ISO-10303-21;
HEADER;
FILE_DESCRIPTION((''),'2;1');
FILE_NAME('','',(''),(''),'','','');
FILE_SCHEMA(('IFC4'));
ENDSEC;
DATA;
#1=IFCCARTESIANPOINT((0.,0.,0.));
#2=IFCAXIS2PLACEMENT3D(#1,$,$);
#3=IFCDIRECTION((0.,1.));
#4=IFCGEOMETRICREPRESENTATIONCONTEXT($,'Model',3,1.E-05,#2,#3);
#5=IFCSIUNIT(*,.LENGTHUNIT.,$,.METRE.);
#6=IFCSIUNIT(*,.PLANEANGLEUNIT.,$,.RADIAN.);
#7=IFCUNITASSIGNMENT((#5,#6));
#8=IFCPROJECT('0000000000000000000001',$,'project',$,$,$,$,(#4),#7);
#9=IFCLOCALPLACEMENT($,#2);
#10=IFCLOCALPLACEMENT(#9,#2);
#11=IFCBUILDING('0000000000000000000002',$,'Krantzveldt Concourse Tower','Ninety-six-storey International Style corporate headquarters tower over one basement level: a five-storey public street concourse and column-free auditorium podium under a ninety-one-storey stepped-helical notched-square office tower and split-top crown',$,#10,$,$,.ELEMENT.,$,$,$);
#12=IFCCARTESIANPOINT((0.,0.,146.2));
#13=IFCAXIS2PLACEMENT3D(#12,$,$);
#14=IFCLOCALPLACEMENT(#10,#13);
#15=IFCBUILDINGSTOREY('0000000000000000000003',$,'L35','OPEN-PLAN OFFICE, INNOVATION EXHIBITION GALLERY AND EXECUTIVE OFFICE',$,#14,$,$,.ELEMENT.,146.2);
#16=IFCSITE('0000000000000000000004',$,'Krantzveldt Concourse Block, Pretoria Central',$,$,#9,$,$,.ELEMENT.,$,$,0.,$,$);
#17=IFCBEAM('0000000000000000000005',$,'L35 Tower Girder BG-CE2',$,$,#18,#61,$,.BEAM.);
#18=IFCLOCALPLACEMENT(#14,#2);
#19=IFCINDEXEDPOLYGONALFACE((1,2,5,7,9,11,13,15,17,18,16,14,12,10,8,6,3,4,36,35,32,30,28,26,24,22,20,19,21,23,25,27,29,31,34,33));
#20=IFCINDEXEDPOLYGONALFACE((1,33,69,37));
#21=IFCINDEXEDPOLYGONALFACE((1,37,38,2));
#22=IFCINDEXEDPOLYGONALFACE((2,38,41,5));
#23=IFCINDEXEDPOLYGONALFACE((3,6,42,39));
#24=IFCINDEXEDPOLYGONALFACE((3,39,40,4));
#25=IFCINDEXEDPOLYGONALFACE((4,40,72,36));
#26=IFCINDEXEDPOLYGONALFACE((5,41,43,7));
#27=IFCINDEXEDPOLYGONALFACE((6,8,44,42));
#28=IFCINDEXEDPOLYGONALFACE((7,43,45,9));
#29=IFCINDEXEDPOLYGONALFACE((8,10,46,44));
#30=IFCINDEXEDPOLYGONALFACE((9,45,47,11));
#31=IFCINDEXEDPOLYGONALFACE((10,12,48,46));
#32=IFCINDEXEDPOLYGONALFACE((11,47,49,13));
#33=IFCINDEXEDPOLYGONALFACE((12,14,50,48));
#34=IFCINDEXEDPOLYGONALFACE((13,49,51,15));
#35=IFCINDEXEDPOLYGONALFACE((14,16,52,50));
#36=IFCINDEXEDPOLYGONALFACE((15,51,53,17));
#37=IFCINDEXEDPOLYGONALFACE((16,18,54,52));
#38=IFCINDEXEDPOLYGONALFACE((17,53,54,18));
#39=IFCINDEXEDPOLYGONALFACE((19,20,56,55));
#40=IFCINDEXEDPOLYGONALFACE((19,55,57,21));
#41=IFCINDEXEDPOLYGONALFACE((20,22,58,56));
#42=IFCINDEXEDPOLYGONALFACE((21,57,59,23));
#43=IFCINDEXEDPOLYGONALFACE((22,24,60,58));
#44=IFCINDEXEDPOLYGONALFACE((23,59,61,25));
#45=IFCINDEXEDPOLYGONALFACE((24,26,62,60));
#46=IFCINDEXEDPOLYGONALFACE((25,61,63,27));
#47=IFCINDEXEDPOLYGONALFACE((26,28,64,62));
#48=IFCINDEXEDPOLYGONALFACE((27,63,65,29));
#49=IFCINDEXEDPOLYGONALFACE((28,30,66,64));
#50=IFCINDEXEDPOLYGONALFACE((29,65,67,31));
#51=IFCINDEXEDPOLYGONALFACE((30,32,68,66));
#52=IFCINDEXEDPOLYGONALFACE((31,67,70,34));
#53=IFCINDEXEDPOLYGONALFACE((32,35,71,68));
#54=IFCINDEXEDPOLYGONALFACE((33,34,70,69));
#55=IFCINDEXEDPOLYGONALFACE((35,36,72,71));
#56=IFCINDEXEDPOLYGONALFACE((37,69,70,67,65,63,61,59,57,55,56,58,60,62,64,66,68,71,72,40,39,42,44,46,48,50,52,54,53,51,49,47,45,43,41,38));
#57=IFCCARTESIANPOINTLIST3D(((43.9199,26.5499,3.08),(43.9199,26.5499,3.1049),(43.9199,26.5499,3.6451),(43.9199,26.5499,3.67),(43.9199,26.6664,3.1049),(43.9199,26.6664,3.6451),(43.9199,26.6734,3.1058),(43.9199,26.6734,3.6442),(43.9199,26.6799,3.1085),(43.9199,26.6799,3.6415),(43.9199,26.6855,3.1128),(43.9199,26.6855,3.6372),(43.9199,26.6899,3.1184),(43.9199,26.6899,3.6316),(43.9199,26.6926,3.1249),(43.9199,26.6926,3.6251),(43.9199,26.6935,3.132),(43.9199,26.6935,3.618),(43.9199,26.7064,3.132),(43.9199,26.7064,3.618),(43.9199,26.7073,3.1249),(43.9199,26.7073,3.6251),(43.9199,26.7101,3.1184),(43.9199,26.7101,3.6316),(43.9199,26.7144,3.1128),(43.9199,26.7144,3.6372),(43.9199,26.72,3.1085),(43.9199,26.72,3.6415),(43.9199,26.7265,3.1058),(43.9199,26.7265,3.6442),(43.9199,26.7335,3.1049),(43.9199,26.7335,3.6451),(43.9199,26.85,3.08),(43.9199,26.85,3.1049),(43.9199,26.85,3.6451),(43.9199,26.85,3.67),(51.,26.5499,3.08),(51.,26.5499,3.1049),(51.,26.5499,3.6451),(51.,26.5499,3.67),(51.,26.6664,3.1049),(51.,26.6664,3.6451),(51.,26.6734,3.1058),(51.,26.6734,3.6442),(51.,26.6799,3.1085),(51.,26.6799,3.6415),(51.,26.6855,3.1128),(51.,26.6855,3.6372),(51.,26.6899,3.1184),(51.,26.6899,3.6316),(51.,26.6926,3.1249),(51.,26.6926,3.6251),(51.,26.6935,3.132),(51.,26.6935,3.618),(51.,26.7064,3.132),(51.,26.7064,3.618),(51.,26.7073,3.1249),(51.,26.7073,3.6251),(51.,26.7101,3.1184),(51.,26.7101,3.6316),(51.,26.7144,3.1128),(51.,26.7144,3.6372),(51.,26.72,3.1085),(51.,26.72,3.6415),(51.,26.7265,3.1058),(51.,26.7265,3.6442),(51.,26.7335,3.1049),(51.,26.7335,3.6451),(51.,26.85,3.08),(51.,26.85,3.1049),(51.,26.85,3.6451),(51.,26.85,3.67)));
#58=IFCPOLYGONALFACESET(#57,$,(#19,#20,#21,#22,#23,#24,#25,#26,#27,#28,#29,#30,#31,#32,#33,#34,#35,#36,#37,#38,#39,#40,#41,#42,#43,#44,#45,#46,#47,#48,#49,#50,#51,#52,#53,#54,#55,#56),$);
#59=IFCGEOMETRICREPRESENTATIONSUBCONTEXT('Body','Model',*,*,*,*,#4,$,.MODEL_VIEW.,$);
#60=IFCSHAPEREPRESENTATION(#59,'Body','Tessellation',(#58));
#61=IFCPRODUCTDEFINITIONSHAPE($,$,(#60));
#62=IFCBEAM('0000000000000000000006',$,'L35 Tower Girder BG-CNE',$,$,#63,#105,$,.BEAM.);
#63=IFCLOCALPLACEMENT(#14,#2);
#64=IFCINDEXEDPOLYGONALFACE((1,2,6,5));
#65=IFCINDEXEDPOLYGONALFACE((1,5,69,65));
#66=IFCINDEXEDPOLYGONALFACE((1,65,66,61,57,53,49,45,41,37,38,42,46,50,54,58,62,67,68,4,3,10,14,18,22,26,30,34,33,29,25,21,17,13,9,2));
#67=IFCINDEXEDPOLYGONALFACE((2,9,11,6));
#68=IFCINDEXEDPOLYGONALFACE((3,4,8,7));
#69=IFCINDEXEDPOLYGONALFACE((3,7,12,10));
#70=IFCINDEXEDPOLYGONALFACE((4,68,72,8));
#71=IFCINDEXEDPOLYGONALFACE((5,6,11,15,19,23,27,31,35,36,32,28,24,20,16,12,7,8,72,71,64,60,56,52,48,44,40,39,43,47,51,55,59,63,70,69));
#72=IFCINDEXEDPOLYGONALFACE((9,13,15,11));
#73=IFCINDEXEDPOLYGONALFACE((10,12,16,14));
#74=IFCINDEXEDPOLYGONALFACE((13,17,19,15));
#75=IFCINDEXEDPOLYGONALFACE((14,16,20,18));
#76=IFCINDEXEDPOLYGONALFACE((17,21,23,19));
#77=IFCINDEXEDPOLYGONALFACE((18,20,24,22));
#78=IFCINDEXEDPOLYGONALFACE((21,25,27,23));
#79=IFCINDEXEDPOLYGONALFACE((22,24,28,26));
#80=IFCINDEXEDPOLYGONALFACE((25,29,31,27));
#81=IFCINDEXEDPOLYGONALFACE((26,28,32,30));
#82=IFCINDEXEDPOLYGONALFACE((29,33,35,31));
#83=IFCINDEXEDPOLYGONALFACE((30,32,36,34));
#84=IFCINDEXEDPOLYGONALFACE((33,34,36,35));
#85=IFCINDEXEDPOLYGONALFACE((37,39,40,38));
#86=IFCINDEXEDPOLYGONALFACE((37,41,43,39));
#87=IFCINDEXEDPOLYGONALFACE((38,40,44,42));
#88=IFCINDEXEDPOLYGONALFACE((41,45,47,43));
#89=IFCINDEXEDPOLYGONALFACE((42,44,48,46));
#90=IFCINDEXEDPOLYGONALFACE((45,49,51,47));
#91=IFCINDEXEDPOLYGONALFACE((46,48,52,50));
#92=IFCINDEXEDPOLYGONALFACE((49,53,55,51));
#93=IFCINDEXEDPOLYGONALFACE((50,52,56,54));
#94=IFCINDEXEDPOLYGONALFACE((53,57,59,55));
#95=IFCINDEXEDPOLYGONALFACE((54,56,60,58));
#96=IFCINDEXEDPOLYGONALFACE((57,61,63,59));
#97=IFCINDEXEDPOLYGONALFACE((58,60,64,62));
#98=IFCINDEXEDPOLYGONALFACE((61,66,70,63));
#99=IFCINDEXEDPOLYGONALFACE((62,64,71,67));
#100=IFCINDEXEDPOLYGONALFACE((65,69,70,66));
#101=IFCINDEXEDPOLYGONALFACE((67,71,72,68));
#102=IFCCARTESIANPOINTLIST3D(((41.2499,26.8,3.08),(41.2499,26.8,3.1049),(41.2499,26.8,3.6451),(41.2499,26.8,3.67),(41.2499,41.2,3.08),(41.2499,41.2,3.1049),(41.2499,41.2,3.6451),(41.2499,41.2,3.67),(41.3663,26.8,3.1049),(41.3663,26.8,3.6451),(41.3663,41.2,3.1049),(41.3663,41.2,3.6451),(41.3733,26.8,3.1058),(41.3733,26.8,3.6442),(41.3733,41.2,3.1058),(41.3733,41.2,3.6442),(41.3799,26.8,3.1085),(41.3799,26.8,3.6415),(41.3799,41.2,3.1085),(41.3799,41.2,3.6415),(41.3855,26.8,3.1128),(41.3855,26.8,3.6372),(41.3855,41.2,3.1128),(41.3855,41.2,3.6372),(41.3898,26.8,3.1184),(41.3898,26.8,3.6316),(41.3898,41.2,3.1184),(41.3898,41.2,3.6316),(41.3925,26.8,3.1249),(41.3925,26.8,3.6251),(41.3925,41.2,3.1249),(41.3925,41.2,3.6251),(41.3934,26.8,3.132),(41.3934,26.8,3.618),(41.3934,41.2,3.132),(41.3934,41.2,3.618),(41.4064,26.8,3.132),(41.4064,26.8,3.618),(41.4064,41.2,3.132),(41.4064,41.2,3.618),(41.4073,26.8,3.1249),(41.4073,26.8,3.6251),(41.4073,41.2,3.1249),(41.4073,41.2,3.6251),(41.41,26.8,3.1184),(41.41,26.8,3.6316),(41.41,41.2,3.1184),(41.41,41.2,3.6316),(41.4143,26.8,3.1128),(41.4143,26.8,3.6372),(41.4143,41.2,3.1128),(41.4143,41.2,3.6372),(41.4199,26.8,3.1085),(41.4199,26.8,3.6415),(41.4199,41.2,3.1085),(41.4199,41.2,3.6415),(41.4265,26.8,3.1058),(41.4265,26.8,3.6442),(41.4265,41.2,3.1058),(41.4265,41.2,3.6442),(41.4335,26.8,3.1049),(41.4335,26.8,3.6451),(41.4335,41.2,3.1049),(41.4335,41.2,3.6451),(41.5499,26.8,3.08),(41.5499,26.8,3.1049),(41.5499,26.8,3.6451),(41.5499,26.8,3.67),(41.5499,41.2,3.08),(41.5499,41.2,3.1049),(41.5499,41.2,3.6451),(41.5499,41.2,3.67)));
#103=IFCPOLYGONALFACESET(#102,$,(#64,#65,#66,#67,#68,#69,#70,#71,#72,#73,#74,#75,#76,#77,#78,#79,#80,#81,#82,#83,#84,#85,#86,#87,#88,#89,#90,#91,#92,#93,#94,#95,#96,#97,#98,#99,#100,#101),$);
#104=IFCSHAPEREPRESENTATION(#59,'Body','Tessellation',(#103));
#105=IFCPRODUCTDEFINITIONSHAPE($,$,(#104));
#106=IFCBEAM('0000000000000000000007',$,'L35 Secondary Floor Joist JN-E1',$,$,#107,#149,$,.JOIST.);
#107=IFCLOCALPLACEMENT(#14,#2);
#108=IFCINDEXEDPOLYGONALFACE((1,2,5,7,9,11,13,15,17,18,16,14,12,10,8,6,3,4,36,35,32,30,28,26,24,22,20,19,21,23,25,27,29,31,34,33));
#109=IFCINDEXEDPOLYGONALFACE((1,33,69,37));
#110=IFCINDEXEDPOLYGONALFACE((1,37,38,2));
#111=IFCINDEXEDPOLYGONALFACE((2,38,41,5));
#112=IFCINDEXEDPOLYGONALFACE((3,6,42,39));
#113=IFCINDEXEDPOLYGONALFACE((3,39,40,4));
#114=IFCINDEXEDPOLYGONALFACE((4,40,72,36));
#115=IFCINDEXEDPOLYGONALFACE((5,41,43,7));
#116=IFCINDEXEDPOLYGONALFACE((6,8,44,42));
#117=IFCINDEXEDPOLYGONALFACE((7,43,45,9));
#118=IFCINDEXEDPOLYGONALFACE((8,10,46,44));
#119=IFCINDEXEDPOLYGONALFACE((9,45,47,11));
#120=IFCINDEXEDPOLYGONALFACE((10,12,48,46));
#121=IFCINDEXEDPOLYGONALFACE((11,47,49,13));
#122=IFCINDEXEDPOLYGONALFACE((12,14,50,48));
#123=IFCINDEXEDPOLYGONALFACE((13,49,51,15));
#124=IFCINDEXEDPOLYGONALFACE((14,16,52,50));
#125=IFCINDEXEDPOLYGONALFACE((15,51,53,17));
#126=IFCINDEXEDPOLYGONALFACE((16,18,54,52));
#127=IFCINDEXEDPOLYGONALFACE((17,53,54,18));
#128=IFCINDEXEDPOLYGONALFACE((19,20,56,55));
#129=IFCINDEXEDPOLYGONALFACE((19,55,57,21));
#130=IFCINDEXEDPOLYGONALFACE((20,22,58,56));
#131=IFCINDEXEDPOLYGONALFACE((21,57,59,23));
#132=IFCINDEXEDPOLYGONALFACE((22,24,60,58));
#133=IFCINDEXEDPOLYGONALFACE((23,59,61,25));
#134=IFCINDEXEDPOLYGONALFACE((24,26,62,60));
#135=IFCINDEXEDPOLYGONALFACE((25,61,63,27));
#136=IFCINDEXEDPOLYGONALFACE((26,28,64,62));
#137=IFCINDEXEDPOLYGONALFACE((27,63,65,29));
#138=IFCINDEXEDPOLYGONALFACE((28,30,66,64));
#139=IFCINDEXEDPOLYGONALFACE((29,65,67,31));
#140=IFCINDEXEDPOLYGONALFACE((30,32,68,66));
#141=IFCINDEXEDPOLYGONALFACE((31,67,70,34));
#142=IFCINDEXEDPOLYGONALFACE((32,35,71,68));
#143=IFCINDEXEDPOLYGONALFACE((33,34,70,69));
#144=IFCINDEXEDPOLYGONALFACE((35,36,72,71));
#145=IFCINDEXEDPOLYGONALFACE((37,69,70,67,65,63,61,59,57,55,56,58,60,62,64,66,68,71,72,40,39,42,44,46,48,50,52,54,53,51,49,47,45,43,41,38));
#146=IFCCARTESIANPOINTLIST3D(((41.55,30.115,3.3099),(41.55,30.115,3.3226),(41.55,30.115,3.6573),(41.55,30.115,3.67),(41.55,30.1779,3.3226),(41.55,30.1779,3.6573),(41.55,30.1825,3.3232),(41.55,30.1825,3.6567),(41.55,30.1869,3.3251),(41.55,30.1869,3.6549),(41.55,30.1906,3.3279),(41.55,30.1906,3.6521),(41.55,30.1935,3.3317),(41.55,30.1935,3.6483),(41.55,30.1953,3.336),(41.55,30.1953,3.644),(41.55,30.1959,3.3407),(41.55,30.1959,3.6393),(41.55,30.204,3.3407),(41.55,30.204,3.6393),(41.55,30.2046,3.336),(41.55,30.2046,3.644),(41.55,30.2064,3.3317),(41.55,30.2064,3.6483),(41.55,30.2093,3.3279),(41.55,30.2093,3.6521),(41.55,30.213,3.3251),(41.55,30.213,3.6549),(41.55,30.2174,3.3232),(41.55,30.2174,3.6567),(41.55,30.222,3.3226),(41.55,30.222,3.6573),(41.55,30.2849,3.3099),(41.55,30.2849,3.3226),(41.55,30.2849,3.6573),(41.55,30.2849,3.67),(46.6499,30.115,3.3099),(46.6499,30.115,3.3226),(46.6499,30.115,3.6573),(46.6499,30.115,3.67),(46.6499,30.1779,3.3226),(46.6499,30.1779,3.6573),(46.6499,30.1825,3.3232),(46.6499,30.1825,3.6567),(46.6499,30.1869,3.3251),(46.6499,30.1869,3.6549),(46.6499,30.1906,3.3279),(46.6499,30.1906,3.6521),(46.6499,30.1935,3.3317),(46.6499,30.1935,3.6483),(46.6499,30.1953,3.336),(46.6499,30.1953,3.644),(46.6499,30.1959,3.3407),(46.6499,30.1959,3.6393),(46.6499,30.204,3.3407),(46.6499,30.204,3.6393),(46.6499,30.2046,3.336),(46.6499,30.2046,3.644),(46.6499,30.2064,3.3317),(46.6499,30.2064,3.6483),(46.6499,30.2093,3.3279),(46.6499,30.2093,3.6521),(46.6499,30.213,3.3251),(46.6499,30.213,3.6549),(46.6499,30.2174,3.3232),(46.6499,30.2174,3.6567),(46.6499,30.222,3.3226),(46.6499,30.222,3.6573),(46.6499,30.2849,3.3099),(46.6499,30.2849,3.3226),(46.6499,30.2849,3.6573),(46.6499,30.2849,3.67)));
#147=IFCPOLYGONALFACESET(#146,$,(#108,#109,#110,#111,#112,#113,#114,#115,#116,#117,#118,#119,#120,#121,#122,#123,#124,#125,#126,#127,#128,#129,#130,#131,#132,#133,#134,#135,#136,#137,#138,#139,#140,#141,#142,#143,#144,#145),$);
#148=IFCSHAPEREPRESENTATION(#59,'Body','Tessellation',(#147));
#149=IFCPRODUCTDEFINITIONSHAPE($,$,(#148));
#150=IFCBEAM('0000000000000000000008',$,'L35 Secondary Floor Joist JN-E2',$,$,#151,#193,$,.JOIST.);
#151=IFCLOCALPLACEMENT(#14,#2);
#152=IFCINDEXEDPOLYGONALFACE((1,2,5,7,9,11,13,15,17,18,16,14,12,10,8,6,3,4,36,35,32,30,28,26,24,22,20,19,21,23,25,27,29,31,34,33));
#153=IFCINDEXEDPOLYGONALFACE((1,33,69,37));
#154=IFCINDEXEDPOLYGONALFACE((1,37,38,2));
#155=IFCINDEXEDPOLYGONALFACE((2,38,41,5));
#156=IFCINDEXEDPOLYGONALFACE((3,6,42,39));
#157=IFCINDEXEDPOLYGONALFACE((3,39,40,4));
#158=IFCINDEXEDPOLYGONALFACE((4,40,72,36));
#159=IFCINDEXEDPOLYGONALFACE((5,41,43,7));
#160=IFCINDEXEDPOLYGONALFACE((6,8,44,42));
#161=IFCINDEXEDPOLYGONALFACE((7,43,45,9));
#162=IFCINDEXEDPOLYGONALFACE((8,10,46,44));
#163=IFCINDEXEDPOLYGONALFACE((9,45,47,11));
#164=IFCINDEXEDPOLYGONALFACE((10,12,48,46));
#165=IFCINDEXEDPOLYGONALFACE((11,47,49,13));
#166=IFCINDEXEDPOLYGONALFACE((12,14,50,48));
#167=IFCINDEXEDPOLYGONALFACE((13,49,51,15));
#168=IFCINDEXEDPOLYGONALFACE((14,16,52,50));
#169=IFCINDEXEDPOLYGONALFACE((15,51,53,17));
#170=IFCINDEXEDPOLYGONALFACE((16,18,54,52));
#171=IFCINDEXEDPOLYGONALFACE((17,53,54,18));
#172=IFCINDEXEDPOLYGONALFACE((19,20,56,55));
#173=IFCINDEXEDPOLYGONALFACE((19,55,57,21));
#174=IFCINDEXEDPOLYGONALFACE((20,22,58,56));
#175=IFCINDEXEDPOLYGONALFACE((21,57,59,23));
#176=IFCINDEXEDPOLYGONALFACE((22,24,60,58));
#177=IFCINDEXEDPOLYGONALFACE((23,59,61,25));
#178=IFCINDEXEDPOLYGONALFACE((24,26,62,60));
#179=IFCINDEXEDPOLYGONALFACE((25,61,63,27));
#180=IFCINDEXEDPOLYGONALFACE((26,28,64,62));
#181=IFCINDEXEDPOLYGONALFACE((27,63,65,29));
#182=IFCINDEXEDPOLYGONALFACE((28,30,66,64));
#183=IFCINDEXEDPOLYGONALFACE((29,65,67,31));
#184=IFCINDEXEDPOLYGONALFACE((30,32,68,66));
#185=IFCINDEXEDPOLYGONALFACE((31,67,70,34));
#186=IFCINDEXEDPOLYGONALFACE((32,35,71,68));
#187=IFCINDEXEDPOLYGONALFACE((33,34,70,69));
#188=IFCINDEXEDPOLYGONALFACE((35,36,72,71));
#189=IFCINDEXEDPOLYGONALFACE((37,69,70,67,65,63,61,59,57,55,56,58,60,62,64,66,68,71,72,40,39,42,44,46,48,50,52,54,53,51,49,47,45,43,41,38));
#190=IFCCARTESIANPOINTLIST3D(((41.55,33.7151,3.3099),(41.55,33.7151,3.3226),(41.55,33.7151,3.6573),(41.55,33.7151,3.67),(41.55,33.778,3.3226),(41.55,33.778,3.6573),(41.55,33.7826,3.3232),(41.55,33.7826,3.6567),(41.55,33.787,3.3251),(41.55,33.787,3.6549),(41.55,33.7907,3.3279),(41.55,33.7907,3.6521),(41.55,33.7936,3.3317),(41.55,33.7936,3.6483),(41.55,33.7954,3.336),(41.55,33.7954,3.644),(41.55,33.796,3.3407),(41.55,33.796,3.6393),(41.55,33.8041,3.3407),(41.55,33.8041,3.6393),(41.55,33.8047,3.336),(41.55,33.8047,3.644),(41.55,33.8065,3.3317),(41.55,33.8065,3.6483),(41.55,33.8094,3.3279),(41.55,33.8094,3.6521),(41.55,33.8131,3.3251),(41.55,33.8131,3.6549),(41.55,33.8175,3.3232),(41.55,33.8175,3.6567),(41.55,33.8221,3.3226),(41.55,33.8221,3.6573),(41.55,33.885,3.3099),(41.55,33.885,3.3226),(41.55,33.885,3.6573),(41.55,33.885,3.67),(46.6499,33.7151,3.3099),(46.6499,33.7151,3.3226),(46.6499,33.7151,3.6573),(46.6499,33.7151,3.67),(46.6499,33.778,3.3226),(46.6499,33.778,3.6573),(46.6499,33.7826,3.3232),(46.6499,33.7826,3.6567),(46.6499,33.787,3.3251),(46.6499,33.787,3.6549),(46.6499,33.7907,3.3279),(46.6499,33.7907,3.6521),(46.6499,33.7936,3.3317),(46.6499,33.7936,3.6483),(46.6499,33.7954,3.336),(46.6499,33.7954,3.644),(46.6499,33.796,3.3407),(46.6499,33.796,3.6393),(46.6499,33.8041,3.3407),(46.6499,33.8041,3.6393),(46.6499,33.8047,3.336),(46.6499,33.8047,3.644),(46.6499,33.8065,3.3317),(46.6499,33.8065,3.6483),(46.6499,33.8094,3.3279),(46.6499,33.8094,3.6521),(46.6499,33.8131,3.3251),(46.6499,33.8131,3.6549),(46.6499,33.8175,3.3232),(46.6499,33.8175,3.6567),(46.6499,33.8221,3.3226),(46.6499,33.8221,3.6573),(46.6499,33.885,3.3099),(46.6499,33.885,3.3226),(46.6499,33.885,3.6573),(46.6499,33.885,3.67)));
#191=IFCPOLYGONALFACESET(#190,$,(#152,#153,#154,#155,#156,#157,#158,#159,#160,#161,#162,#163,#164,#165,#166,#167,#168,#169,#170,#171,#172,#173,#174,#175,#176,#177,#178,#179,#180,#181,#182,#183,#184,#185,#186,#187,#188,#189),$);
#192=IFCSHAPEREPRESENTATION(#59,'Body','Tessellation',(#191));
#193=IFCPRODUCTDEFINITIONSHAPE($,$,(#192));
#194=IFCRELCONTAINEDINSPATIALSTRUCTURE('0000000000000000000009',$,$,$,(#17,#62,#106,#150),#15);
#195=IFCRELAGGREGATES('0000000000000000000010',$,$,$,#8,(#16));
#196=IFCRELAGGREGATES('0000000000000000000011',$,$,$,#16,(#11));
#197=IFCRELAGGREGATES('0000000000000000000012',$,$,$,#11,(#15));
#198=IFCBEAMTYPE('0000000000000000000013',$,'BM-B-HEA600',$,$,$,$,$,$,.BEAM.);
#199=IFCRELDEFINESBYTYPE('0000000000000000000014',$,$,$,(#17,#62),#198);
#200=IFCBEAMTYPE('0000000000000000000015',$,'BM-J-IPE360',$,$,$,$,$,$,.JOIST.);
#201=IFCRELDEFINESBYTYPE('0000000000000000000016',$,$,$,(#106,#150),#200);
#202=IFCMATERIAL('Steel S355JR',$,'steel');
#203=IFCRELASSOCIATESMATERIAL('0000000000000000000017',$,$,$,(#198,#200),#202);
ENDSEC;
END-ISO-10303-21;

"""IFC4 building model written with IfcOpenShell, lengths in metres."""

from ifc_helpers import new_model, si_unit, direction, frame, origin, origin_2d, place, context, subcontext, project, spatial, i_section, extrude, source, transform, mapped, material, material_profile, profile_set, type_object, type_shapes, element, save


model = new_model("IFC4")

# Units and contexts
model_context = context("Model", 3, precision=1e-05, world=origin(), true_north=direction((0.0, 1.0)))
body_context = subcontext(model_context, "Body", "Model", "MODEL_VIEW")
ifc_project = project(units=[si_unit("LENGTHUNIT", "METRE"), si_unit("PLANEANGLEUNIT", "RADIAN")], contexts=[model_context])

# Site, building, storey
site_placement = place(None, origin())
site = spatial("IfcSite", under=ifc_project, at=site_placement, Name="Krantzveldt Concourse Block, Pretoria Central", CompositionType="ELEMENT", RefElevation=0.0)
building_placement = place(site_placement, origin())
building = spatial("IfcBuilding", under=site, at=building_placement, Name="Krantzveldt Concourse Tower", Description="Ninety-six-storey International Style corporate headquarters tower over one basement level: a five-storey public street concourse and column-free auditorium podium under a ninety-one-storey stepped-helical notched-square office tower and split-top crown", CompositionType="ELEMENT")
storey_placement = place(building_placement, frame((0.0, 0.0, 146.2)))
storey = spatial("IfcBuildingStorey", under=building, at=storey_placement, Name="L35", Description="OPEN-PLAN OFFICE, INNOVATION EXHIBITION GALLERY AND EXECUTIVE OFFICE", CompositionType="ELEMENT", Elevation=146.2)

# Beams
ifc_material_1 = material(Name="Steel S355JR", Category="steel")
ifc_material_profile_1 = material_profile(ifc_material_1, i_section(OverallWidth=0.3, OverallDepth=0.5901, WebThickness=0.0129, FlangeThickness=0.0249, FilletRadius=0.0271, at=origin_2d()), Name="Steel S355JR", Category="steel")
ifc_profile_set_1 = profile_set([ifc_material_profile_1], Name="Steel S355JR - HEA 600")
beam_type_1 = type_object("IfcBeamType", Name="BM-B-HEA600", PredefinedType="BEAM", material=ifc_profile_set_1)
shared_shape_1 = source(origin(), body_context, "Body", "SweptSolid", [
    extrude(i_section(OverallWidth=0.3, OverallDepth=0.5901, WebThickness=0.0129, FlangeThickness=0.0249, FilletRadius=0.0271, at=origin_2d()), origin(), (0.0, 0.0, 1.0), 7.0801),
])
beam_1_placement = place(storey_placement, frame((43.9199, 26.7, 3.375), z_axis=(1.0, 0.0, 0.0), x_axis=(0.0, 1.0, 0.0)))
element("IfcBeam", 1, at=beam_1_placement, inside=storey, type_object=beam_type_1, Name="L35 Tower Girder BG-CE2", PredefinedType="BEAM", context=body_context, shape_type="MappedRepresentation", body=[
    mapped(shared_shape_1, transform((0.0, 0.0, 0.0), x_axis=(1.0, 0.0, 0.0), y_axis=(0.0, 1.0, 0.0), z_axis=(0.0, 0.0, 1.0), scale=1.0)),
])
shared_shape_2 = source(origin(), body_context, "Body", "SweptSolid", [
    extrude(i_section(OverallWidth=0.3, OverallDepth=0.5901, WebThickness=0.0129, FlangeThickness=0.0249, FilletRadius=0.0271, at=origin_2d()), origin(), (0.0, 0.0, 1.0), 14.3999),
])
type_shapes(beam_type_1, [shared_shape_1, shared_shape_2])
beam_2_placement = place(storey_placement, frame((41.3999, 26.8, 3.375), z_axis=(0.0, 1.0, 0.0), x_axis=(-1.0, 0.0, 0.0)))
element("IfcBeam", 2, at=beam_2_placement, inside=storey, type_object=beam_type_1, Name="L35 Tower Girder BG-CNE", PredefinedType="BEAM", context=body_context, shape_type="MappedRepresentation", body=[
    mapped(shared_shape_2, transform((0.0, 0.0, 0.0), x_axis=(1.0, 0.0, 0.0), y_axis=(0.0, 1.0, 0.0), z_axis=(0.0, 0.0, 1.0), scale=1.0)),
])
ifc_material_profile_2 = material_profile(ifc_material_1, i_section(OverallWidth=0.1699, OverallDepth=0.3601, WebThickness=0.0081, FlangeThickness=0.0127, FilletRadius=0.0181, at=origin_2d()), Name="Steel S355JR", Category="steel")
ifc_profile_set_2 = profile_set([ifc_material_profile_2], Name="Steel S355JR - IPE 360")
beam_type_2 = type_object("IfcBeamType", Name="BM-J-IPE360", PredefinedType="JOIST", material=ifc_profile_set_2)
shared_shape_3 = source(origin(), body_context, "Body", "SweptSolid", [
    extrude(i_section(OverallWidth=0.1699, OverallDepth=0.3601, WebThickness=0.0081, FlangeThickness=0.0127, FilletRadius=0.0181, at=origin_2d()), origin(), (0.0, 0.0, 1.0), 5.0999),
])
type_shapes(beam_type_2, [shared_shape_3])
for number, where, z_axis, x_axis, name in (
    (3, (41.55, 30.2, 3.49), (1.0, 0.0, 0.0), (0.0, 1.0, 0.0), "L35 Secondary Floor Joist JN-E1"),
    (4, (41.55, 33.8, 3.49), (1.0, 0.0, 0.0), (0.0, 1.0, 0.0), "L35 Secondary Floor Joist JN-E2"),
):
    element("IfcBeam", number, at=place(storey_placement, frame(where, z_axis=z_axis, x_axis=x_axis)), inside=storey, type_object=beam_type_2, Name=name, PredefinedType="JOIST", context=body_context, shape_type="MappedRepresentation", body=[
        mapped(shared_shape_3, transform((0.0, 0.0, 0.0), x_axis=(1.0, 0.0, 0.0), y_axis=(0.0, 1.0, 0.0), z_axis=(0.0, 0.0, 1.0), scale=1.0)),
    ])

save(model, "model.ifc")
